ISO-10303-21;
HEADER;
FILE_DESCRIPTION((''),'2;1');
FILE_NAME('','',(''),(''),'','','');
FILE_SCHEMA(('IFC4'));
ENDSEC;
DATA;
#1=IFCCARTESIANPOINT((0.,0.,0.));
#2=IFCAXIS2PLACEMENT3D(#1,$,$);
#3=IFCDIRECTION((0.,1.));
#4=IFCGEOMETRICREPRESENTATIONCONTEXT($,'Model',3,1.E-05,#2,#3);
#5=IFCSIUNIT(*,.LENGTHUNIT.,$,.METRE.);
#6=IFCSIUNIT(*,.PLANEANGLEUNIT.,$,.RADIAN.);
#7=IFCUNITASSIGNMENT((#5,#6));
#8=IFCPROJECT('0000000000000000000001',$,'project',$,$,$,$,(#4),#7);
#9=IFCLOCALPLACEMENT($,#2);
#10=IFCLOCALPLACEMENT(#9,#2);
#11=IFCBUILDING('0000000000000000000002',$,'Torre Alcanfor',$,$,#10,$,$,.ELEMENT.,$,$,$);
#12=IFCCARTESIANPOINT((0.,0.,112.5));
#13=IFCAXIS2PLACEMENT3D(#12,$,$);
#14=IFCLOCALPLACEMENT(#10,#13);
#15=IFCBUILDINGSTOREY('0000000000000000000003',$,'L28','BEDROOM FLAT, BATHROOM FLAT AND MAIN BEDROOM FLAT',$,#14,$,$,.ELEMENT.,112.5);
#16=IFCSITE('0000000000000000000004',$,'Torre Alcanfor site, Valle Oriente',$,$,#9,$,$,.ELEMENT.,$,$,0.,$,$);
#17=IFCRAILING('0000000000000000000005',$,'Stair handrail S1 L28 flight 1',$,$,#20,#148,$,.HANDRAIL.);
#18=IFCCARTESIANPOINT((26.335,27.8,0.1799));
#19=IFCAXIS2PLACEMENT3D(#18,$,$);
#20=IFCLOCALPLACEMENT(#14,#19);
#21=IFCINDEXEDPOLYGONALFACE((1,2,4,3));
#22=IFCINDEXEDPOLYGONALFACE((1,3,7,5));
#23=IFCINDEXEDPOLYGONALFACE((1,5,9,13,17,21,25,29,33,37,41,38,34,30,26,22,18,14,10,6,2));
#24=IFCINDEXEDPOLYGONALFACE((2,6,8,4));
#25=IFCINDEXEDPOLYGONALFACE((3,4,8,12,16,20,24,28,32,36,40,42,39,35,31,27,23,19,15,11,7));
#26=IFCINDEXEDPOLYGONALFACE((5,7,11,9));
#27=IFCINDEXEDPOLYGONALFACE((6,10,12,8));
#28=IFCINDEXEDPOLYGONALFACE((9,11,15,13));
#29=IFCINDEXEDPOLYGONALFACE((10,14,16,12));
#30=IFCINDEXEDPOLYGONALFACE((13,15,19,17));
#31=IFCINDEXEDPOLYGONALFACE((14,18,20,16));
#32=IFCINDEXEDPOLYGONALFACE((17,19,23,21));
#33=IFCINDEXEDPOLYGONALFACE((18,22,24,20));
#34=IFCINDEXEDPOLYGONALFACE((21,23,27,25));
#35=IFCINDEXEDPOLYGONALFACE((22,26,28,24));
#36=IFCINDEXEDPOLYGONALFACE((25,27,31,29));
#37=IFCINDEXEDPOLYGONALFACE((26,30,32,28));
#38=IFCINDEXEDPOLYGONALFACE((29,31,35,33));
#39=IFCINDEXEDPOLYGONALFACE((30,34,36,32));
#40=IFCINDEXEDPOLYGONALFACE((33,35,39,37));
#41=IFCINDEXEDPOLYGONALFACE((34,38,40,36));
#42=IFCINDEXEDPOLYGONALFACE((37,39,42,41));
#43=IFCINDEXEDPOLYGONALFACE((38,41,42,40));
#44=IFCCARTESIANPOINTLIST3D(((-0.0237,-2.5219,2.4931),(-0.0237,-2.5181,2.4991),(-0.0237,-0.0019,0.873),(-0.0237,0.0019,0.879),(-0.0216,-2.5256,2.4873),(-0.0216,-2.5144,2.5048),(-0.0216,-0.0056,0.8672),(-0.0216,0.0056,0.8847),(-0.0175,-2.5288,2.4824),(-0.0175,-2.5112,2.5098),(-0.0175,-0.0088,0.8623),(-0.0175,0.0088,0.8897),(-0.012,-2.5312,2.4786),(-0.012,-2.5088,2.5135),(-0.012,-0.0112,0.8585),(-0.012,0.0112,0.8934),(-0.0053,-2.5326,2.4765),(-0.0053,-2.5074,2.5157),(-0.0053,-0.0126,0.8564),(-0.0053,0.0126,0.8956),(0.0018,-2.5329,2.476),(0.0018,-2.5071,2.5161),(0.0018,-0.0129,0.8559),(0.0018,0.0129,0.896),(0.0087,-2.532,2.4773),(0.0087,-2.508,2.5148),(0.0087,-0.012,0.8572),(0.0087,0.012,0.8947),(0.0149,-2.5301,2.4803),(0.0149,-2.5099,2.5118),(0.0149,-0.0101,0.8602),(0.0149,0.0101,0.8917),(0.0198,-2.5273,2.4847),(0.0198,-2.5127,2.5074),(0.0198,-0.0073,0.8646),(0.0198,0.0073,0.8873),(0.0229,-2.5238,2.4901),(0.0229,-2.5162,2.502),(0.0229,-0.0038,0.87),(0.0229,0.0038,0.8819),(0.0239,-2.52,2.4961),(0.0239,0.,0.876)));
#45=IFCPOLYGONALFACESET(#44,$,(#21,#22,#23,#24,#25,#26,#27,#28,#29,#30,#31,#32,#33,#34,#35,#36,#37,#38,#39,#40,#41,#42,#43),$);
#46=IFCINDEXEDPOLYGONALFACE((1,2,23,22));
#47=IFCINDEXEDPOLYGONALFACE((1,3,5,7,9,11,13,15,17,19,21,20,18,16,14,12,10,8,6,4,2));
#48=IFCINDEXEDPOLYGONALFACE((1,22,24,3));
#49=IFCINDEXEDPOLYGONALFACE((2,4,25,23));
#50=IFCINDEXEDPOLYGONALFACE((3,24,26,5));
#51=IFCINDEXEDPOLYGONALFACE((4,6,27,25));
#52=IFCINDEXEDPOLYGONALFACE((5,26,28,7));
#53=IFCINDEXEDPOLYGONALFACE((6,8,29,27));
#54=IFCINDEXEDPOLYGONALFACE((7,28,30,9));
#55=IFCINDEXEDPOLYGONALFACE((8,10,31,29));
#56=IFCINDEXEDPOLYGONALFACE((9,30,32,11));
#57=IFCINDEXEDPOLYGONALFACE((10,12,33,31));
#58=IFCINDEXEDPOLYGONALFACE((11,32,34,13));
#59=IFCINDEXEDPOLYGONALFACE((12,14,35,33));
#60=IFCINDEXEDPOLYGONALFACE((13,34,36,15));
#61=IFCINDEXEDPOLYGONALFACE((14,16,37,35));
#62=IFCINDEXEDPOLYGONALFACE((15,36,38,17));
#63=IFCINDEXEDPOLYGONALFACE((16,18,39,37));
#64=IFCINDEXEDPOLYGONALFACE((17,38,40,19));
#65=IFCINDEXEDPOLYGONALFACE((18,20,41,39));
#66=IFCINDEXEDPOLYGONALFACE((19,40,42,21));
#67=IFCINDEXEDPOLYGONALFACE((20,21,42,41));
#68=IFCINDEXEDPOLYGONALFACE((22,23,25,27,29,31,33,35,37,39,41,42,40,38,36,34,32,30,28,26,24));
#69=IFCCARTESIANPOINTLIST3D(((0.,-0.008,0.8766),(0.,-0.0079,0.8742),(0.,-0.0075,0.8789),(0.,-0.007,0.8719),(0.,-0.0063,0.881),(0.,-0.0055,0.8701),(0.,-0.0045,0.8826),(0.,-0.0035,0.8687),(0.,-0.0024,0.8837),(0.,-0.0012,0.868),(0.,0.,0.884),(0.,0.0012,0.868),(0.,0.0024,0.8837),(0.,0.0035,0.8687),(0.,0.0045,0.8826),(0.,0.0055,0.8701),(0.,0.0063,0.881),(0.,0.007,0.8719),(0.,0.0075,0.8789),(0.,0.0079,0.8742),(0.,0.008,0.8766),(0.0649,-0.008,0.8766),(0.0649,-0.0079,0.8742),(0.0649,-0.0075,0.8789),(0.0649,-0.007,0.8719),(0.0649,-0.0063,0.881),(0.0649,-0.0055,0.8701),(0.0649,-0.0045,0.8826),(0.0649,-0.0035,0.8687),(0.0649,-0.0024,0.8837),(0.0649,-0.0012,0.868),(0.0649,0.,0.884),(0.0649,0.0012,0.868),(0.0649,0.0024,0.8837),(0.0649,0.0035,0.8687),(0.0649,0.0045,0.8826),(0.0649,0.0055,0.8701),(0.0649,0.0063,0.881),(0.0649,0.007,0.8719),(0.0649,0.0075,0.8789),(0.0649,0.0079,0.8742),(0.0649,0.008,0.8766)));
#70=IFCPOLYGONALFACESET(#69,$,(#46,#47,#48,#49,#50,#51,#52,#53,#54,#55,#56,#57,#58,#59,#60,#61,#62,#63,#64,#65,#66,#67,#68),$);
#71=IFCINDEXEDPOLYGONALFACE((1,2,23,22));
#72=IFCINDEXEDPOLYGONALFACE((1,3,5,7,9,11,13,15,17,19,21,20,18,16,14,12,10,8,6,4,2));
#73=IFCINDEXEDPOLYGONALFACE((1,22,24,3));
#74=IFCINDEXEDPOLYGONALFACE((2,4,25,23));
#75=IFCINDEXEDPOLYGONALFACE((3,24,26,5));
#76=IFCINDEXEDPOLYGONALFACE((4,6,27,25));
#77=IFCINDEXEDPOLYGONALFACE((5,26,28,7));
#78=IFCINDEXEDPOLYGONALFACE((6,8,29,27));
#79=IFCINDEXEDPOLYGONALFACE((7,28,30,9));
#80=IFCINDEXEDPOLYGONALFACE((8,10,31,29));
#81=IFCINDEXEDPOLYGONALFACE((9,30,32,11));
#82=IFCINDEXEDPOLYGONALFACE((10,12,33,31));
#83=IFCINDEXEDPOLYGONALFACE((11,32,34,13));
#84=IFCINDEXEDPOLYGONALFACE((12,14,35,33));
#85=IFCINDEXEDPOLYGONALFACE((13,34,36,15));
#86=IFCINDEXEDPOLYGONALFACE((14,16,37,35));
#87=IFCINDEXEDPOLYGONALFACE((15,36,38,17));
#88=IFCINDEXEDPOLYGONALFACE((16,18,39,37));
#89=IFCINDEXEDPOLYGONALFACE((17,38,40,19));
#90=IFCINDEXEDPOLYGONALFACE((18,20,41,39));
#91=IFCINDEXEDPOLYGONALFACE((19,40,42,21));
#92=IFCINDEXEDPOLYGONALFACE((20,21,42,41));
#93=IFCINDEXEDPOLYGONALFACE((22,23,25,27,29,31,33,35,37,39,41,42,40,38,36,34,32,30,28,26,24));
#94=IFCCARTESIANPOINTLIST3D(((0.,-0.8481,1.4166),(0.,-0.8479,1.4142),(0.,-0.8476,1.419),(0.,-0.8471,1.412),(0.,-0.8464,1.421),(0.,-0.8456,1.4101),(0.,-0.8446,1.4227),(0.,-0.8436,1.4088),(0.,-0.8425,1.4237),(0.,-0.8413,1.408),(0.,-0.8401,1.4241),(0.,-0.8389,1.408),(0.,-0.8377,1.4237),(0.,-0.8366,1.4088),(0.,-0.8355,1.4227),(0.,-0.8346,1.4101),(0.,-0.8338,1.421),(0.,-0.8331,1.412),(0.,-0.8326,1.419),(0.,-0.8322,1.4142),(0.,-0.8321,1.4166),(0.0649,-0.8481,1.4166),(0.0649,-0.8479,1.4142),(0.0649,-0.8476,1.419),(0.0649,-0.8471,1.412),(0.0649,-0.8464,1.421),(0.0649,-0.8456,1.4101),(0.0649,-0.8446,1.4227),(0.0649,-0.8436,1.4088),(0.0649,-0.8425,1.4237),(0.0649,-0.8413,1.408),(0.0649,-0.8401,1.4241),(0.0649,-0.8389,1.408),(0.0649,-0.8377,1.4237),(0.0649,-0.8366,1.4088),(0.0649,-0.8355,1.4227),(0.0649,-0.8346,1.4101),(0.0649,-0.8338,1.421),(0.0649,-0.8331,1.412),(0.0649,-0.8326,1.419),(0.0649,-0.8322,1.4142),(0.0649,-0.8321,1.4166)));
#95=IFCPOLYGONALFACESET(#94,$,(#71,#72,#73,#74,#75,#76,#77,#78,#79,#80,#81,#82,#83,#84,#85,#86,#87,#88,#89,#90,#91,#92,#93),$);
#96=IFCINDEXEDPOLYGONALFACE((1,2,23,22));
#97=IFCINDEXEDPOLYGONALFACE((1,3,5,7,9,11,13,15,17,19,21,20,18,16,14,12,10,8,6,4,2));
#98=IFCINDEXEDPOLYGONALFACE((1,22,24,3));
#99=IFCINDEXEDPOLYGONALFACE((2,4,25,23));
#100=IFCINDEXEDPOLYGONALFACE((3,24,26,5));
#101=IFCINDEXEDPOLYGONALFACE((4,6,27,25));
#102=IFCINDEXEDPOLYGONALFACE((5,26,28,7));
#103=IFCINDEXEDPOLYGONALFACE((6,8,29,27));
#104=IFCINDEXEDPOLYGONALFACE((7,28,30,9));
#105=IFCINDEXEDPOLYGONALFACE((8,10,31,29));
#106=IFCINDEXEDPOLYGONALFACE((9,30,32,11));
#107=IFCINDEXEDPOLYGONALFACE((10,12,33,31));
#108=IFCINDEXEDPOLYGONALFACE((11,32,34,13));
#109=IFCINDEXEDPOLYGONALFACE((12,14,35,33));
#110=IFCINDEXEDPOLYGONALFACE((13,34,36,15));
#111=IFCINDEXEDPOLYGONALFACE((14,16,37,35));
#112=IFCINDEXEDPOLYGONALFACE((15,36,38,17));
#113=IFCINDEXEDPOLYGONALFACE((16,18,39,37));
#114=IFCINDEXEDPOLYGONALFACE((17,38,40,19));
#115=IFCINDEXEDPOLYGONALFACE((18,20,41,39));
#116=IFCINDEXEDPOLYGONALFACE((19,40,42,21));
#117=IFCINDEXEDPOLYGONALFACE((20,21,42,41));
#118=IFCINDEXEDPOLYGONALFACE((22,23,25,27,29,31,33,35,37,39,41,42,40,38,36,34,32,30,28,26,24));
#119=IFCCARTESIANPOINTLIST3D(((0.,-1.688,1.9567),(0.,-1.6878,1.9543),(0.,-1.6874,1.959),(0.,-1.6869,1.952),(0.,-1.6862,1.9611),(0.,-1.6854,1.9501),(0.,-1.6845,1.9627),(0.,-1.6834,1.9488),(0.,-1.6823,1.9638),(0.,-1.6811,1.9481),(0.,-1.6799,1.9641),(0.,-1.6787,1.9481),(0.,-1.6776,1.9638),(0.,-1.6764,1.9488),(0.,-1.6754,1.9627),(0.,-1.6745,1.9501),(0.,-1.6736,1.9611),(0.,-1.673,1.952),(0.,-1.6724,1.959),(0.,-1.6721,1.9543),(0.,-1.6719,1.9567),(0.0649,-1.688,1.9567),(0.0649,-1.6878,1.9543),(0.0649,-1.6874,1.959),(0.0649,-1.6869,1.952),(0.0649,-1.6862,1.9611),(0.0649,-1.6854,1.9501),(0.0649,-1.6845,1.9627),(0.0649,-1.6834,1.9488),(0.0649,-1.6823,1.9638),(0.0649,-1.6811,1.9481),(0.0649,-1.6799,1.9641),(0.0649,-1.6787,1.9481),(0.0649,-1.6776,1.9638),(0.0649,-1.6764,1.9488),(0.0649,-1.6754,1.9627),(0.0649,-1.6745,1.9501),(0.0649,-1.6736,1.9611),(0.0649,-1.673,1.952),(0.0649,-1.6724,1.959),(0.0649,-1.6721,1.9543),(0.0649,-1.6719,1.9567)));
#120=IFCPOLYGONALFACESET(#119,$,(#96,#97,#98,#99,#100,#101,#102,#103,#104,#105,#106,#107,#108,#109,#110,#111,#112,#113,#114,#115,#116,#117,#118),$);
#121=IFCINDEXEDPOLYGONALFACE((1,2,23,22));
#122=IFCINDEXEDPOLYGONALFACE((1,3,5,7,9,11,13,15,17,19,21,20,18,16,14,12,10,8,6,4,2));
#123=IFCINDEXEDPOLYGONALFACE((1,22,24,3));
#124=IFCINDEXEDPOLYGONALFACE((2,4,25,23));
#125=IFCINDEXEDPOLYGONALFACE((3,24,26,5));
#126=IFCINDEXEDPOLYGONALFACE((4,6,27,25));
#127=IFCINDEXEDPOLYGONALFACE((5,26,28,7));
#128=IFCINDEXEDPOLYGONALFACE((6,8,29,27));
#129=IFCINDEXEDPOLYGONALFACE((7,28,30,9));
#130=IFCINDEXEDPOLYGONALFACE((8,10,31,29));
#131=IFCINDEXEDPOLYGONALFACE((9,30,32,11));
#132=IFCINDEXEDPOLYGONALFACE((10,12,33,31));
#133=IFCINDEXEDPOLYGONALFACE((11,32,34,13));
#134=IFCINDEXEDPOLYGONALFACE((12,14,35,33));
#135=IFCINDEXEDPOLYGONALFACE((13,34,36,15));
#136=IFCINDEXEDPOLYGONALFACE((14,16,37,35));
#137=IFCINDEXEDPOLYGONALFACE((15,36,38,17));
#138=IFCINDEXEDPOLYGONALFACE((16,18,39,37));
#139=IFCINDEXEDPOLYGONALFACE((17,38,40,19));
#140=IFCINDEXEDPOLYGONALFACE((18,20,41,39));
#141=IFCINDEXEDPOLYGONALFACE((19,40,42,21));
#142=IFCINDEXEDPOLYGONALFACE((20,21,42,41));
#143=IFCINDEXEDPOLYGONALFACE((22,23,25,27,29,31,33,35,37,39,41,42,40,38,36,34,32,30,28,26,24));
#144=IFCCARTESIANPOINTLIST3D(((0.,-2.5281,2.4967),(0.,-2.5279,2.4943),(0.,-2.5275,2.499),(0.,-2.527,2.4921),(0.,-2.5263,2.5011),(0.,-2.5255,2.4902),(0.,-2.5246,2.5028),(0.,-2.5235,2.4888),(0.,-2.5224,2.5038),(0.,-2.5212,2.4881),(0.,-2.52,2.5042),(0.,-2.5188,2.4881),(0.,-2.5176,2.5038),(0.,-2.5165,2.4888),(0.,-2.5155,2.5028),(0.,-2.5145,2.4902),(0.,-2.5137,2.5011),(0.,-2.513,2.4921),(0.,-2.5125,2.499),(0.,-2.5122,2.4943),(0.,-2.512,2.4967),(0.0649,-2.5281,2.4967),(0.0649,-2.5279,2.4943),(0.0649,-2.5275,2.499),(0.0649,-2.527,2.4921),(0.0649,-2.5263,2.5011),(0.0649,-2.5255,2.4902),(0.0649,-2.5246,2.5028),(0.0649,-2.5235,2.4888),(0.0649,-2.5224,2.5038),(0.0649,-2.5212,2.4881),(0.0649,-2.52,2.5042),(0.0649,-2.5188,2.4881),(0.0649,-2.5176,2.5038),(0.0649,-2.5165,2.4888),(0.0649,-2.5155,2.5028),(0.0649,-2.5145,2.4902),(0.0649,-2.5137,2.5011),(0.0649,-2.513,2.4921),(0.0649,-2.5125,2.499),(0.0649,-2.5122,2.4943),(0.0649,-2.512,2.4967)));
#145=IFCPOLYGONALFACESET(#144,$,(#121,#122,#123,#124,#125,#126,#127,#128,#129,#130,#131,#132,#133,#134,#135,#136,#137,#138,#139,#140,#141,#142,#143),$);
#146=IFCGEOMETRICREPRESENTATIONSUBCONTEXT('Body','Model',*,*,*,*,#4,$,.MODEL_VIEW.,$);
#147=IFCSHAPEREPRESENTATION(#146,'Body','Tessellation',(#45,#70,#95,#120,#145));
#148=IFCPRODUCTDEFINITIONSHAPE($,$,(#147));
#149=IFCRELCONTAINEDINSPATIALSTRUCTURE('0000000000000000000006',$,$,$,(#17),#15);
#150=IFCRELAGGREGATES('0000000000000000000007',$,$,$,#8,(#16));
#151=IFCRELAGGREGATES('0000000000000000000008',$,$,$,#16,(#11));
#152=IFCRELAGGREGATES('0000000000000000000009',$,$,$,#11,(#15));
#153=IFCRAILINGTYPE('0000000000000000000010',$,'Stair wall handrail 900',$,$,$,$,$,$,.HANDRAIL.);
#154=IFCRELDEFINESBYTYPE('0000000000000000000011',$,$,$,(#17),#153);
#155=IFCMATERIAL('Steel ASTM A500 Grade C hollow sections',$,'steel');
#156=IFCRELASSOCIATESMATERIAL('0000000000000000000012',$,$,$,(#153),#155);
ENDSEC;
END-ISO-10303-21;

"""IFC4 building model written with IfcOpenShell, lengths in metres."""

from ifc_helpers import new_model, si_unit, direction, frame, origin, origin_2d, place, context, subcontext, project, spatial, circle, extrude, material, type_object, element, save


model = new_model("IFC4")

# Units and contexts
model_context = context("Model", 3, precision=1e-05, world=origin(), true_north=direction((0.0, 1.0)))
body_context = subcontext(model_context, "Body", "Model", "MODEL_VIEW")
ifc_project = project(units=[si_unit("LENGTHUNIT", "METRE"), si_unit("PLANEANGLEUNIT", "RADIAN")], contexts=[model_context])

# Site, building, storey
site_placement = place(None, origin())
site = spatial("IfcSite", under=ifc_project, at=site_placement, Name="Torre Alcanfor site, Valle Oriente", CompositionType="ELEMENT", RefElevation=0.0)
building_placement = place(site_placement, origin())
building = spatial("IfcBuilding", under=site, at=building_placement, Name="Torre Alcanfor", CompositionType="ELEMENT")
storey_placement = place(building_placement, frame((0.0, 0.0, 112.5)))
storey = spatial("IfcBuildingStorey", under=building, at=storey_placement, Name="L28", Description="BEDROOM FLAT, BATHROOM FLAT AND MAIN BEDROOM FLAT", CompositionType="ELEMENT", Elevation=112.5)

# Railing
ifc_material_1 = material(Name="Steel ASTM A500 Grade C hollow sections", Category="steel")
railing_type_1 = type_object("IfcRailingType", Name="Stair wall handrail 900", PredefinedType="HANDRAIL", material=ifc_material_1)
railing_1_placement = place(storey_placement, frame((26.335, 27.8, 0.1799)))
element("IfcRailing", 1, at=railing_1_placement, inside=storey, type_object=railing_type_1, Name="Stair handrail S1 L28 flight 1", PredefinedType="HANDRAIL", context=body_context, shape_type="SweptSolid", body=[
    extrude(circle(Radius=0.0239, at=origin_2d()), frame((0.0, 0.0, 0.876), z_axis=(0.0, -0.841163, 0.540782), x_axis=(1.0, 0.0, 0.0)), (0.0, 0.0, 1.0), 2.9958),
    extrude(circle(Radius=0.0081, at=origin_2d()), frame((0.0, 0.0, 0.876), z_axis=(1.0, 0.0, 0.0), x_axis=(0.0, 0.0, 1.0)), (0.0, 0.0, 1.0), 0.0649),
    extrude(circle(Radius=0.0081, at=origin_2d()), frame((0.0, -0.8401, 1.416), z_axis=(1.0, 0.0, 0.0), x_axis=(0.0, 0.0, 1.0)), (0.0, 0.0, 1.0), 0.0649),
    extrude(circle(Radius=0.0081, at=origin_2d()), frame((0.0, -1.6799, 1.9561), z_axis=(1.0, 0.0, 0.0), x_axis=(0.0, 0.0, 1.0)), (0.0, 0.0, 1.0), 0.0649),
    extrude(circle(Radius=0.0081, at=origin_2d()), frame((0.0, -2.52, 2.4961), z_axis=(1.0, 0.0, 0.0), x_axis=(0.0, 0.0, 1.0)), (0.0, 0.0, 1.0), 0.0649),
])

save(model, "model.ifc")
